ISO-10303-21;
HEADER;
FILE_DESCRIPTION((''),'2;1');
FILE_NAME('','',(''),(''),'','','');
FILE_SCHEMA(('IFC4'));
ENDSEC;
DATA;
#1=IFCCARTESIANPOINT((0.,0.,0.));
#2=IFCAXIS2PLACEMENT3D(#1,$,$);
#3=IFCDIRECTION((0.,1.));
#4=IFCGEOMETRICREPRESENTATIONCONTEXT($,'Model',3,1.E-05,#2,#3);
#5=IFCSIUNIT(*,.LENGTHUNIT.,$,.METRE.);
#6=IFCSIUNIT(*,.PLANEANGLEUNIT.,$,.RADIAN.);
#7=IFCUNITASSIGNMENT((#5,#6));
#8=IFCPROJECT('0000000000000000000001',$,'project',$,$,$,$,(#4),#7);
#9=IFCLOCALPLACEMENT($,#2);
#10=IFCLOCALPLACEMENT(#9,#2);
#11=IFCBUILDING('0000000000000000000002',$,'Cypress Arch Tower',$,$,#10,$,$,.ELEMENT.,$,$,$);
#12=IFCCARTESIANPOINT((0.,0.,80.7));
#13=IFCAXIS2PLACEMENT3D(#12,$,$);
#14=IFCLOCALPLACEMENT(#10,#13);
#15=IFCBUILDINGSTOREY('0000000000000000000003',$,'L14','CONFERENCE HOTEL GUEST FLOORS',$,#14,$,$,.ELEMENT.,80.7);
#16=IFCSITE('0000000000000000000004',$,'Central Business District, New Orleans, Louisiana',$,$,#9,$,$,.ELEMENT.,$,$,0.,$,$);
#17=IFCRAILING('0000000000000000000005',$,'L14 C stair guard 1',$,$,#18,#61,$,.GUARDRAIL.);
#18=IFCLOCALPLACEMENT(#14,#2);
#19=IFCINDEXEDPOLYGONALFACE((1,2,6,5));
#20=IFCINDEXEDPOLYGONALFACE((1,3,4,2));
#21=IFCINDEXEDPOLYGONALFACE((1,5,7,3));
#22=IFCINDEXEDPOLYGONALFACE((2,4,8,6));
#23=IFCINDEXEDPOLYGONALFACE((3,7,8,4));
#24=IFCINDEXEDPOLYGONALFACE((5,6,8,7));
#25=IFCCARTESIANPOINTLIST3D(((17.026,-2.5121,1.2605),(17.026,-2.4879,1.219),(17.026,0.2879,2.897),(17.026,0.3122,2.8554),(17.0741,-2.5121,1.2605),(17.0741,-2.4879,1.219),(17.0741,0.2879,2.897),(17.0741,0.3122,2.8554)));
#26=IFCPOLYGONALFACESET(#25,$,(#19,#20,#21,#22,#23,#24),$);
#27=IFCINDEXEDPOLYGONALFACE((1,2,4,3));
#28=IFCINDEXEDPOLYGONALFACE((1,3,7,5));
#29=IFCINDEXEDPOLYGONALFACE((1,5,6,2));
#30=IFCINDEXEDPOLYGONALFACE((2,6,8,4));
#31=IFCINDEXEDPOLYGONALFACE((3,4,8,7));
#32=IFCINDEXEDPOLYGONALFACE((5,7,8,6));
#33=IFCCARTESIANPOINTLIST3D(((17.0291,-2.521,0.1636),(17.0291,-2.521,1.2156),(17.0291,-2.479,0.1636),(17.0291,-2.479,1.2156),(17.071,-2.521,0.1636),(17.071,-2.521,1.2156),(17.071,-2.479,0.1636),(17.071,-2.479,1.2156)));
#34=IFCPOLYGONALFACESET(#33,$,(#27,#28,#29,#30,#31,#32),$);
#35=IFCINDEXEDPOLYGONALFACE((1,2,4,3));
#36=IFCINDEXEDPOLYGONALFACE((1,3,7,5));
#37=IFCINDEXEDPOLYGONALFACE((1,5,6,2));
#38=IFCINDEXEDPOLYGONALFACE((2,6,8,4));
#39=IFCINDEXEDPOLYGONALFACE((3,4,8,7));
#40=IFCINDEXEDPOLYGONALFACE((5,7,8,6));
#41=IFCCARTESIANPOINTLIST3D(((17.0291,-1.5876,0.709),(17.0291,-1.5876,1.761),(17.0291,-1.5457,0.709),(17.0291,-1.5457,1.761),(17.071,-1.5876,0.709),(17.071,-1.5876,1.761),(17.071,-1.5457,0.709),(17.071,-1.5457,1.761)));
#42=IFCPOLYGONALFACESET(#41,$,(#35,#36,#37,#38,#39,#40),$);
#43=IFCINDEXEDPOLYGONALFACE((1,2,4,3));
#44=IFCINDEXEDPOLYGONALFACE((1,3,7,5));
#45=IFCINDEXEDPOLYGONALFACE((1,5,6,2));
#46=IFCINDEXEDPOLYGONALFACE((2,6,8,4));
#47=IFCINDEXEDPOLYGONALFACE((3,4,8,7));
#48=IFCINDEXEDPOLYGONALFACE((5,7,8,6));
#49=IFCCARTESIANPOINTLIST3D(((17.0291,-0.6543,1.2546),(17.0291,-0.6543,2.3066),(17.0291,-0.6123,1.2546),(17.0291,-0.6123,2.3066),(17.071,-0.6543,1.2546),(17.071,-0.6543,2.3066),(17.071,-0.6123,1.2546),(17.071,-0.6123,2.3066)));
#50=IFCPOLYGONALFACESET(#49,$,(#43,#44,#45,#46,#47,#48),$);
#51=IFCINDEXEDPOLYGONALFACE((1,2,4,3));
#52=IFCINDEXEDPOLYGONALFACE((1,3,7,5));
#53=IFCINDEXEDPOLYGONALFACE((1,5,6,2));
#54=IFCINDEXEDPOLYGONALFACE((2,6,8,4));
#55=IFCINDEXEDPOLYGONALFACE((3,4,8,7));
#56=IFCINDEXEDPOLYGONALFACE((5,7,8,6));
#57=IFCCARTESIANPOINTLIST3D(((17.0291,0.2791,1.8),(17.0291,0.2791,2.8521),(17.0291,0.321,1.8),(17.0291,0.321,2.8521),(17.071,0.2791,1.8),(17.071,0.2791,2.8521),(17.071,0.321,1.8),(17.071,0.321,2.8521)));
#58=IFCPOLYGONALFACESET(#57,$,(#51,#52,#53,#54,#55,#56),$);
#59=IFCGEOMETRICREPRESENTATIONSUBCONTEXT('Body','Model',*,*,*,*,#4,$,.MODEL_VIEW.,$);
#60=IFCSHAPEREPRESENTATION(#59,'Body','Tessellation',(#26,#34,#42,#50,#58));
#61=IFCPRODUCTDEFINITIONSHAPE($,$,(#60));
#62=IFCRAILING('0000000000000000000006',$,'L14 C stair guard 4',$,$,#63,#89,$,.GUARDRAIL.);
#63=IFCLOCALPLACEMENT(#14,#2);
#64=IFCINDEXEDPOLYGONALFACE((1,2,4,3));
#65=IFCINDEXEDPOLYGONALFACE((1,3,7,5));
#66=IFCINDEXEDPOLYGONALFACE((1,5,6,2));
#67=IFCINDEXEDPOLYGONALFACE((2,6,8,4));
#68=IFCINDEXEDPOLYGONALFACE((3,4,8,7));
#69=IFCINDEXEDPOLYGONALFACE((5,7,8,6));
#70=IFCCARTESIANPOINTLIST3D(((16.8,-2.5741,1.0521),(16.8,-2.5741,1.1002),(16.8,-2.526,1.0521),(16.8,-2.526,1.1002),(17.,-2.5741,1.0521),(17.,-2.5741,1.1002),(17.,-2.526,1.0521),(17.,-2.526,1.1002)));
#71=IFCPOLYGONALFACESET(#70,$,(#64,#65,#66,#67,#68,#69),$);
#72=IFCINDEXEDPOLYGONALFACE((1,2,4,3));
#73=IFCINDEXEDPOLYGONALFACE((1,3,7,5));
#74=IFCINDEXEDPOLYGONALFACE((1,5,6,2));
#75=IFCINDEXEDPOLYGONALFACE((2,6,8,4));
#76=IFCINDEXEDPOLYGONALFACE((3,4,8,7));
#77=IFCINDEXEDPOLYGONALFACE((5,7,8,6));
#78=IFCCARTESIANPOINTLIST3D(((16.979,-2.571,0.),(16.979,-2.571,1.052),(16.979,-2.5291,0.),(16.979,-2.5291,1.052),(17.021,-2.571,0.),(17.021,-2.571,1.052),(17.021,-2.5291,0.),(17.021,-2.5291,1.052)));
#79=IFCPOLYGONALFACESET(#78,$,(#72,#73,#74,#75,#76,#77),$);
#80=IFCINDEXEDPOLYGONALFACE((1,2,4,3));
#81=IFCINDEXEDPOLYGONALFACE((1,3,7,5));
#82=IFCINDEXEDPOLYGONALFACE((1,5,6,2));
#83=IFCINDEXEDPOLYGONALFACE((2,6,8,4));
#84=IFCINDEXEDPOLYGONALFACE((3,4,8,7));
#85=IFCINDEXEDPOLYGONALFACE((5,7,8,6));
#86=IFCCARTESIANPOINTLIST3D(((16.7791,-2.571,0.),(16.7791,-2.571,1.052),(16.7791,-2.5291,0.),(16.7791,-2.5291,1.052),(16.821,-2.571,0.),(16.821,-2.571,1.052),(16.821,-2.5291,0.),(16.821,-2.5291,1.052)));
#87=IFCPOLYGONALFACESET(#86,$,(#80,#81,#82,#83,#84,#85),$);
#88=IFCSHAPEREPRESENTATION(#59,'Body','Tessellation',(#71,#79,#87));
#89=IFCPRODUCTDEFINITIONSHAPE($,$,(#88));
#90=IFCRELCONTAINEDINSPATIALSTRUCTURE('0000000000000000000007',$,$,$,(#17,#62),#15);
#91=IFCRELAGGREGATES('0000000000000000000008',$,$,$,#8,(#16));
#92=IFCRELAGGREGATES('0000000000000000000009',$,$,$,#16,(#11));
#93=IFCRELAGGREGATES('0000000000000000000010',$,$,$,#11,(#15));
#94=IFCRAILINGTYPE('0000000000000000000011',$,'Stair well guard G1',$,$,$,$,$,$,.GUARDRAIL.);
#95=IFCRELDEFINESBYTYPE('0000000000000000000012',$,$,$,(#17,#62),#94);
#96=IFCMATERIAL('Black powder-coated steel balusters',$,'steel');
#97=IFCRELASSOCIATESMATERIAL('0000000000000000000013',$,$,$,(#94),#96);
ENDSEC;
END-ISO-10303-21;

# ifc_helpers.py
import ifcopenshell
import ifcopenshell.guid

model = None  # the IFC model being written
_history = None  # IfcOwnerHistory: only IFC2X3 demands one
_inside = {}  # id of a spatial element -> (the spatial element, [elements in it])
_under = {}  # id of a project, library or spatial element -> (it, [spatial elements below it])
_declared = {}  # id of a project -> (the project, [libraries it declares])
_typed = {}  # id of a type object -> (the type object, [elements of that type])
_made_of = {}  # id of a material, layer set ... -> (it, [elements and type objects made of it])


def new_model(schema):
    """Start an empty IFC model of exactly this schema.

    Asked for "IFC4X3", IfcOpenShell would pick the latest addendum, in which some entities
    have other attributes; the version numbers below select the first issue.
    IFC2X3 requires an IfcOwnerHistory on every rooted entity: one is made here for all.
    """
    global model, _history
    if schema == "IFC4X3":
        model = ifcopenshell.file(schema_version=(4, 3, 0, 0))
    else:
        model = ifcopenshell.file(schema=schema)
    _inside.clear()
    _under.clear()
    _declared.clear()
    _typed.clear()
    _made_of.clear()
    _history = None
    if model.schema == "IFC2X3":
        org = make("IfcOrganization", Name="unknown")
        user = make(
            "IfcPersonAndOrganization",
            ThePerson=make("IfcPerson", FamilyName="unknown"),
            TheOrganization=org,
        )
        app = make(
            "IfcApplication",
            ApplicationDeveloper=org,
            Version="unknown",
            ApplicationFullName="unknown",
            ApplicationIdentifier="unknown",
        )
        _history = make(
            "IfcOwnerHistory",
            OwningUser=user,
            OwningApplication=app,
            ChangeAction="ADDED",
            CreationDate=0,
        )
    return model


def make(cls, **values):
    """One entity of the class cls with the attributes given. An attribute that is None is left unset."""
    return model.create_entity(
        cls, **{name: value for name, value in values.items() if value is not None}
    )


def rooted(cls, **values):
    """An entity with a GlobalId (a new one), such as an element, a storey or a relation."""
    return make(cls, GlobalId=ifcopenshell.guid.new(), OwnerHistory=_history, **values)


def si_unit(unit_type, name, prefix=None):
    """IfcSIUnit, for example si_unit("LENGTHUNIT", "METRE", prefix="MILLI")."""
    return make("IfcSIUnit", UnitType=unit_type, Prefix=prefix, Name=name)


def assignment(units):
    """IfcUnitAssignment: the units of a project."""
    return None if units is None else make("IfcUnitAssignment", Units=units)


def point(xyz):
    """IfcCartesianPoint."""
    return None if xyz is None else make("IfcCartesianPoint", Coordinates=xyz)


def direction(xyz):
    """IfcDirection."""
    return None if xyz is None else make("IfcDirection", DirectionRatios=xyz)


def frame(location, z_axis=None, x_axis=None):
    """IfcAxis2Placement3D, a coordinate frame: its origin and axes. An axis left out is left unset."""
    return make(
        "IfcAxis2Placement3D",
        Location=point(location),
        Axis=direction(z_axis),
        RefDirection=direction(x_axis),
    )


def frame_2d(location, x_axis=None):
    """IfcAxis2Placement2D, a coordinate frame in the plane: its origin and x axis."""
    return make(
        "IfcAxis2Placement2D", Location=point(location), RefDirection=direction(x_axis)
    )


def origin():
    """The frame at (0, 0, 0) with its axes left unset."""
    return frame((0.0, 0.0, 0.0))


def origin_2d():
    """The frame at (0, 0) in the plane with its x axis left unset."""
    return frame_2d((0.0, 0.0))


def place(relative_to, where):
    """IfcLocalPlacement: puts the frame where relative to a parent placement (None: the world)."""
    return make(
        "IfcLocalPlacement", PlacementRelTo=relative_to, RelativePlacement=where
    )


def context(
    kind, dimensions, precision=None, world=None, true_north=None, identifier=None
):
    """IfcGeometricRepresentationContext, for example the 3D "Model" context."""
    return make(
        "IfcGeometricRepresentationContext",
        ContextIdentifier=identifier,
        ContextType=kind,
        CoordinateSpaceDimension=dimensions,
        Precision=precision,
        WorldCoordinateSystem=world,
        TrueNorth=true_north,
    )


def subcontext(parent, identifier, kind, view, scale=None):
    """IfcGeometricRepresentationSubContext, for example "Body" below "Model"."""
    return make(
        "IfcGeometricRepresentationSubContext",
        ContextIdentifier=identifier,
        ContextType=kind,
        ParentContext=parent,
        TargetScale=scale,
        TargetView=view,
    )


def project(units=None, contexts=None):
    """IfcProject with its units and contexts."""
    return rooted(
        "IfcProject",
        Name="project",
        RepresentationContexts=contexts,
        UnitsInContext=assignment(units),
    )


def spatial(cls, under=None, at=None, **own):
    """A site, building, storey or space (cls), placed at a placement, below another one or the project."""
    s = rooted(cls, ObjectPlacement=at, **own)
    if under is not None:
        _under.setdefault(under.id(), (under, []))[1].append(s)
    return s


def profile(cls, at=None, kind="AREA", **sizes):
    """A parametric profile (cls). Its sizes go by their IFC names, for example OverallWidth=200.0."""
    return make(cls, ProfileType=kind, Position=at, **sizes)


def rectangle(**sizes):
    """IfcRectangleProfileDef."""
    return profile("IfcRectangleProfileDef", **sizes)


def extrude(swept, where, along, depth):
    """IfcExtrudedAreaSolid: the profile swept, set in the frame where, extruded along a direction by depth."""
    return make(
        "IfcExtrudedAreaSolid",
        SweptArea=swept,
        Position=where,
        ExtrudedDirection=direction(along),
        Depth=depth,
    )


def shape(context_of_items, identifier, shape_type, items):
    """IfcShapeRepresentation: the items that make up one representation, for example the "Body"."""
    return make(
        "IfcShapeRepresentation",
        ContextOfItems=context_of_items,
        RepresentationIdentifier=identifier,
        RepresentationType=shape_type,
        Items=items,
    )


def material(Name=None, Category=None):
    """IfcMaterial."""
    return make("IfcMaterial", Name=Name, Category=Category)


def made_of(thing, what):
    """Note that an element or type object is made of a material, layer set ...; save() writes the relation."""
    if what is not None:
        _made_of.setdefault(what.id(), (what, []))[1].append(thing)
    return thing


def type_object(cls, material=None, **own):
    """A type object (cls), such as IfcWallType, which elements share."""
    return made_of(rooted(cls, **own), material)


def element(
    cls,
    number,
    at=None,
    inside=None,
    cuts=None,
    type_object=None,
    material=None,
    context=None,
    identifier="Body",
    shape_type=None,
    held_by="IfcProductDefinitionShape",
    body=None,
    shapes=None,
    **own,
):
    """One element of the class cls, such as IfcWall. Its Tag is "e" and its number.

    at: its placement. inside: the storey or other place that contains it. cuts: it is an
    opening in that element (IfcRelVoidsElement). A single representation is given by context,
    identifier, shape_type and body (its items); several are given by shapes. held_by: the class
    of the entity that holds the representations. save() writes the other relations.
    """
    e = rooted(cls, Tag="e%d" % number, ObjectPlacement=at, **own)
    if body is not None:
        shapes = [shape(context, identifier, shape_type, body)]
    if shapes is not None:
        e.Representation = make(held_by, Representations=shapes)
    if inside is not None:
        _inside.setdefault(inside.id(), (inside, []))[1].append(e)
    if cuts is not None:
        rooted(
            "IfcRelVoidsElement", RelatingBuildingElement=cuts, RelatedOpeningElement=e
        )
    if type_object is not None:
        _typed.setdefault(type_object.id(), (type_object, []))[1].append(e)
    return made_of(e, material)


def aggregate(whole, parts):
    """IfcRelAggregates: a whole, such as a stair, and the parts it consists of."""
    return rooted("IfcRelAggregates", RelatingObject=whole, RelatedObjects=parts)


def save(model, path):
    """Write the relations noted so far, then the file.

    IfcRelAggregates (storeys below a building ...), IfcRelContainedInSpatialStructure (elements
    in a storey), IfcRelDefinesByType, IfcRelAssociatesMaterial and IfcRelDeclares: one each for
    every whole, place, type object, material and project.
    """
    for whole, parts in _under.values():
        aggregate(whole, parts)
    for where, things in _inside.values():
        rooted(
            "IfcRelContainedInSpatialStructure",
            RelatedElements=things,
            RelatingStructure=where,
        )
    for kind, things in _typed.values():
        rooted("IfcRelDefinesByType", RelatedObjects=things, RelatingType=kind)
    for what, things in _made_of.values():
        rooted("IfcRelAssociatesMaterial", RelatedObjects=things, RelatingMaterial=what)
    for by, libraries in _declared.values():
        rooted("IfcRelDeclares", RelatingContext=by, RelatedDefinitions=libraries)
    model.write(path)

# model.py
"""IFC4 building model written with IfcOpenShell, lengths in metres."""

from ifc_helpers import new_model, si_unit, direction, frame, origin, origin_2d, place, context, subcontext, project, spatial, rectangle, extrude, material, type_object, element, save


model = new_model("IFC4")

# Units and contexts
model_context = context("Model", 3, precision=1e-05, world=origin(), true_north=direction((0.0, 1.0)))
body_context = subcontext(model_context, "Body", "Model", "MODEL_VIEW")
ifc_project = project(units=[si_unit("LENGTHUNIT", "METRE"), si_unit("PLANEANGLEUNIT", "RADIAN")], contexts=[model_context])

# Site, building, storey
site_placement = place(None, origin())
site = spatial("IfcSite", under=ifc_project, at=site_placement, Name="Central Business District, New Orleans, Louisiana", CompositionType="ELEMENT", RefElevation=0.0)
building_placement = place(site_placement, origin())
building = spatial("IfcBuilding", under=site, at=building_placement, Name="Cypress Arch Tower", CompositionType="ELEMENT")
storey_placement = place(building_placement, frame((0.0, 0.0, 80.7)))
storey = spatial("IfcBuildingStorey", under=building, at=storey_placement, Name="L14", Description="CONFERENCE HOTEL GUEST FLOORS", CompositionType="ELEMENT", Elevation=80.7)

# Railings
ifc_material_1 = material(Name="Black powder-coated steel balusters", Category="steel")
railing_type_1 = type_object("IfcRailingType", Name="Stair well guard G1", PredefinedType="GUARDRAIL", material=ifc_material_1)
railing_1_placement = place(storey_placement, frame((17.05, -2.5, 0.1636)))
element("IfcRailing", 1, at=railing_1_placement, inside=storey, type_object=railing_type_1, Name="L14 C stair guard 1", PredefinedType="GUARDRAIL", context=body_context, shape_type="SweptSolid", body=[
    extrude(rectangle(XDim=0.0481, YDim=0.0481, at=origin_2d()), frame((0.0, 0.0, 1.0762), z_axis=(0.0, 0.863361, 0.504587), x_axis=(-1.0, 0.0, 0.0)), (0.0, 0.0, 1.0), 3.2432),
    extrude(rectangle(XDim=0.042, YDim=0.042, at=origin_2d()), origin(), (0.0, 0.0, 1.0), 1.052),
    extrude(rectangle(XDim=0.042, YDim=0.042, at=origin_2d()), frame((0.0, 0.9333, 0.5454)), (0.0, 0.0, 1.0), 1.052),
    extrude(rectangle(XDim=0.042, YDim=0.042, at=origin_2d()), frame((0.0, 1.8667, 1.0911)), (0.0, 0.0, 1.0), 1.052),
    extrude(rectangle(XDim=0.042, YDim=0.042, at=origin_2d()), frame((0.0, 2.8, 1.6365)), (0.0, 0.0, 1.0), 1.052),
])
railing_2_placement = place(storey_placement, frame((17.0, -2.55, 0.0)))
element("IfcRailing", 2, at=railing_2_placement, inside=storey, type_object=railing_type_1, Name="L14 C stair guard 4", PredefinedType="GUARDRAIL", context=body_context, shape_type="SweptSolid", body=[
    extrude(rectangle(XDim=0.0481, YDim=0.0481, at=origin_2d()), frame((0.0, 0.0, 1.0762), z_axis=(-1.0, 0.0, 0.0), x_axis=(0.0, -1.0, 0.0)), (0.0, 0.0, 1.0), 0.2),
    extrude(rectangle(XDim=0.042, YDim=0.042, at=origin_2d()), origin(), (0.0, 0.0, 1.0), 1.052),
    extrude(rectangle(XDim=0.042, YDim=0.042, at=origin_2d()), frame((-0.2, 0.0, 0.0)), (0.0, 0.0, 1.0), 1.052),
])

save(model, "model.ifc")
